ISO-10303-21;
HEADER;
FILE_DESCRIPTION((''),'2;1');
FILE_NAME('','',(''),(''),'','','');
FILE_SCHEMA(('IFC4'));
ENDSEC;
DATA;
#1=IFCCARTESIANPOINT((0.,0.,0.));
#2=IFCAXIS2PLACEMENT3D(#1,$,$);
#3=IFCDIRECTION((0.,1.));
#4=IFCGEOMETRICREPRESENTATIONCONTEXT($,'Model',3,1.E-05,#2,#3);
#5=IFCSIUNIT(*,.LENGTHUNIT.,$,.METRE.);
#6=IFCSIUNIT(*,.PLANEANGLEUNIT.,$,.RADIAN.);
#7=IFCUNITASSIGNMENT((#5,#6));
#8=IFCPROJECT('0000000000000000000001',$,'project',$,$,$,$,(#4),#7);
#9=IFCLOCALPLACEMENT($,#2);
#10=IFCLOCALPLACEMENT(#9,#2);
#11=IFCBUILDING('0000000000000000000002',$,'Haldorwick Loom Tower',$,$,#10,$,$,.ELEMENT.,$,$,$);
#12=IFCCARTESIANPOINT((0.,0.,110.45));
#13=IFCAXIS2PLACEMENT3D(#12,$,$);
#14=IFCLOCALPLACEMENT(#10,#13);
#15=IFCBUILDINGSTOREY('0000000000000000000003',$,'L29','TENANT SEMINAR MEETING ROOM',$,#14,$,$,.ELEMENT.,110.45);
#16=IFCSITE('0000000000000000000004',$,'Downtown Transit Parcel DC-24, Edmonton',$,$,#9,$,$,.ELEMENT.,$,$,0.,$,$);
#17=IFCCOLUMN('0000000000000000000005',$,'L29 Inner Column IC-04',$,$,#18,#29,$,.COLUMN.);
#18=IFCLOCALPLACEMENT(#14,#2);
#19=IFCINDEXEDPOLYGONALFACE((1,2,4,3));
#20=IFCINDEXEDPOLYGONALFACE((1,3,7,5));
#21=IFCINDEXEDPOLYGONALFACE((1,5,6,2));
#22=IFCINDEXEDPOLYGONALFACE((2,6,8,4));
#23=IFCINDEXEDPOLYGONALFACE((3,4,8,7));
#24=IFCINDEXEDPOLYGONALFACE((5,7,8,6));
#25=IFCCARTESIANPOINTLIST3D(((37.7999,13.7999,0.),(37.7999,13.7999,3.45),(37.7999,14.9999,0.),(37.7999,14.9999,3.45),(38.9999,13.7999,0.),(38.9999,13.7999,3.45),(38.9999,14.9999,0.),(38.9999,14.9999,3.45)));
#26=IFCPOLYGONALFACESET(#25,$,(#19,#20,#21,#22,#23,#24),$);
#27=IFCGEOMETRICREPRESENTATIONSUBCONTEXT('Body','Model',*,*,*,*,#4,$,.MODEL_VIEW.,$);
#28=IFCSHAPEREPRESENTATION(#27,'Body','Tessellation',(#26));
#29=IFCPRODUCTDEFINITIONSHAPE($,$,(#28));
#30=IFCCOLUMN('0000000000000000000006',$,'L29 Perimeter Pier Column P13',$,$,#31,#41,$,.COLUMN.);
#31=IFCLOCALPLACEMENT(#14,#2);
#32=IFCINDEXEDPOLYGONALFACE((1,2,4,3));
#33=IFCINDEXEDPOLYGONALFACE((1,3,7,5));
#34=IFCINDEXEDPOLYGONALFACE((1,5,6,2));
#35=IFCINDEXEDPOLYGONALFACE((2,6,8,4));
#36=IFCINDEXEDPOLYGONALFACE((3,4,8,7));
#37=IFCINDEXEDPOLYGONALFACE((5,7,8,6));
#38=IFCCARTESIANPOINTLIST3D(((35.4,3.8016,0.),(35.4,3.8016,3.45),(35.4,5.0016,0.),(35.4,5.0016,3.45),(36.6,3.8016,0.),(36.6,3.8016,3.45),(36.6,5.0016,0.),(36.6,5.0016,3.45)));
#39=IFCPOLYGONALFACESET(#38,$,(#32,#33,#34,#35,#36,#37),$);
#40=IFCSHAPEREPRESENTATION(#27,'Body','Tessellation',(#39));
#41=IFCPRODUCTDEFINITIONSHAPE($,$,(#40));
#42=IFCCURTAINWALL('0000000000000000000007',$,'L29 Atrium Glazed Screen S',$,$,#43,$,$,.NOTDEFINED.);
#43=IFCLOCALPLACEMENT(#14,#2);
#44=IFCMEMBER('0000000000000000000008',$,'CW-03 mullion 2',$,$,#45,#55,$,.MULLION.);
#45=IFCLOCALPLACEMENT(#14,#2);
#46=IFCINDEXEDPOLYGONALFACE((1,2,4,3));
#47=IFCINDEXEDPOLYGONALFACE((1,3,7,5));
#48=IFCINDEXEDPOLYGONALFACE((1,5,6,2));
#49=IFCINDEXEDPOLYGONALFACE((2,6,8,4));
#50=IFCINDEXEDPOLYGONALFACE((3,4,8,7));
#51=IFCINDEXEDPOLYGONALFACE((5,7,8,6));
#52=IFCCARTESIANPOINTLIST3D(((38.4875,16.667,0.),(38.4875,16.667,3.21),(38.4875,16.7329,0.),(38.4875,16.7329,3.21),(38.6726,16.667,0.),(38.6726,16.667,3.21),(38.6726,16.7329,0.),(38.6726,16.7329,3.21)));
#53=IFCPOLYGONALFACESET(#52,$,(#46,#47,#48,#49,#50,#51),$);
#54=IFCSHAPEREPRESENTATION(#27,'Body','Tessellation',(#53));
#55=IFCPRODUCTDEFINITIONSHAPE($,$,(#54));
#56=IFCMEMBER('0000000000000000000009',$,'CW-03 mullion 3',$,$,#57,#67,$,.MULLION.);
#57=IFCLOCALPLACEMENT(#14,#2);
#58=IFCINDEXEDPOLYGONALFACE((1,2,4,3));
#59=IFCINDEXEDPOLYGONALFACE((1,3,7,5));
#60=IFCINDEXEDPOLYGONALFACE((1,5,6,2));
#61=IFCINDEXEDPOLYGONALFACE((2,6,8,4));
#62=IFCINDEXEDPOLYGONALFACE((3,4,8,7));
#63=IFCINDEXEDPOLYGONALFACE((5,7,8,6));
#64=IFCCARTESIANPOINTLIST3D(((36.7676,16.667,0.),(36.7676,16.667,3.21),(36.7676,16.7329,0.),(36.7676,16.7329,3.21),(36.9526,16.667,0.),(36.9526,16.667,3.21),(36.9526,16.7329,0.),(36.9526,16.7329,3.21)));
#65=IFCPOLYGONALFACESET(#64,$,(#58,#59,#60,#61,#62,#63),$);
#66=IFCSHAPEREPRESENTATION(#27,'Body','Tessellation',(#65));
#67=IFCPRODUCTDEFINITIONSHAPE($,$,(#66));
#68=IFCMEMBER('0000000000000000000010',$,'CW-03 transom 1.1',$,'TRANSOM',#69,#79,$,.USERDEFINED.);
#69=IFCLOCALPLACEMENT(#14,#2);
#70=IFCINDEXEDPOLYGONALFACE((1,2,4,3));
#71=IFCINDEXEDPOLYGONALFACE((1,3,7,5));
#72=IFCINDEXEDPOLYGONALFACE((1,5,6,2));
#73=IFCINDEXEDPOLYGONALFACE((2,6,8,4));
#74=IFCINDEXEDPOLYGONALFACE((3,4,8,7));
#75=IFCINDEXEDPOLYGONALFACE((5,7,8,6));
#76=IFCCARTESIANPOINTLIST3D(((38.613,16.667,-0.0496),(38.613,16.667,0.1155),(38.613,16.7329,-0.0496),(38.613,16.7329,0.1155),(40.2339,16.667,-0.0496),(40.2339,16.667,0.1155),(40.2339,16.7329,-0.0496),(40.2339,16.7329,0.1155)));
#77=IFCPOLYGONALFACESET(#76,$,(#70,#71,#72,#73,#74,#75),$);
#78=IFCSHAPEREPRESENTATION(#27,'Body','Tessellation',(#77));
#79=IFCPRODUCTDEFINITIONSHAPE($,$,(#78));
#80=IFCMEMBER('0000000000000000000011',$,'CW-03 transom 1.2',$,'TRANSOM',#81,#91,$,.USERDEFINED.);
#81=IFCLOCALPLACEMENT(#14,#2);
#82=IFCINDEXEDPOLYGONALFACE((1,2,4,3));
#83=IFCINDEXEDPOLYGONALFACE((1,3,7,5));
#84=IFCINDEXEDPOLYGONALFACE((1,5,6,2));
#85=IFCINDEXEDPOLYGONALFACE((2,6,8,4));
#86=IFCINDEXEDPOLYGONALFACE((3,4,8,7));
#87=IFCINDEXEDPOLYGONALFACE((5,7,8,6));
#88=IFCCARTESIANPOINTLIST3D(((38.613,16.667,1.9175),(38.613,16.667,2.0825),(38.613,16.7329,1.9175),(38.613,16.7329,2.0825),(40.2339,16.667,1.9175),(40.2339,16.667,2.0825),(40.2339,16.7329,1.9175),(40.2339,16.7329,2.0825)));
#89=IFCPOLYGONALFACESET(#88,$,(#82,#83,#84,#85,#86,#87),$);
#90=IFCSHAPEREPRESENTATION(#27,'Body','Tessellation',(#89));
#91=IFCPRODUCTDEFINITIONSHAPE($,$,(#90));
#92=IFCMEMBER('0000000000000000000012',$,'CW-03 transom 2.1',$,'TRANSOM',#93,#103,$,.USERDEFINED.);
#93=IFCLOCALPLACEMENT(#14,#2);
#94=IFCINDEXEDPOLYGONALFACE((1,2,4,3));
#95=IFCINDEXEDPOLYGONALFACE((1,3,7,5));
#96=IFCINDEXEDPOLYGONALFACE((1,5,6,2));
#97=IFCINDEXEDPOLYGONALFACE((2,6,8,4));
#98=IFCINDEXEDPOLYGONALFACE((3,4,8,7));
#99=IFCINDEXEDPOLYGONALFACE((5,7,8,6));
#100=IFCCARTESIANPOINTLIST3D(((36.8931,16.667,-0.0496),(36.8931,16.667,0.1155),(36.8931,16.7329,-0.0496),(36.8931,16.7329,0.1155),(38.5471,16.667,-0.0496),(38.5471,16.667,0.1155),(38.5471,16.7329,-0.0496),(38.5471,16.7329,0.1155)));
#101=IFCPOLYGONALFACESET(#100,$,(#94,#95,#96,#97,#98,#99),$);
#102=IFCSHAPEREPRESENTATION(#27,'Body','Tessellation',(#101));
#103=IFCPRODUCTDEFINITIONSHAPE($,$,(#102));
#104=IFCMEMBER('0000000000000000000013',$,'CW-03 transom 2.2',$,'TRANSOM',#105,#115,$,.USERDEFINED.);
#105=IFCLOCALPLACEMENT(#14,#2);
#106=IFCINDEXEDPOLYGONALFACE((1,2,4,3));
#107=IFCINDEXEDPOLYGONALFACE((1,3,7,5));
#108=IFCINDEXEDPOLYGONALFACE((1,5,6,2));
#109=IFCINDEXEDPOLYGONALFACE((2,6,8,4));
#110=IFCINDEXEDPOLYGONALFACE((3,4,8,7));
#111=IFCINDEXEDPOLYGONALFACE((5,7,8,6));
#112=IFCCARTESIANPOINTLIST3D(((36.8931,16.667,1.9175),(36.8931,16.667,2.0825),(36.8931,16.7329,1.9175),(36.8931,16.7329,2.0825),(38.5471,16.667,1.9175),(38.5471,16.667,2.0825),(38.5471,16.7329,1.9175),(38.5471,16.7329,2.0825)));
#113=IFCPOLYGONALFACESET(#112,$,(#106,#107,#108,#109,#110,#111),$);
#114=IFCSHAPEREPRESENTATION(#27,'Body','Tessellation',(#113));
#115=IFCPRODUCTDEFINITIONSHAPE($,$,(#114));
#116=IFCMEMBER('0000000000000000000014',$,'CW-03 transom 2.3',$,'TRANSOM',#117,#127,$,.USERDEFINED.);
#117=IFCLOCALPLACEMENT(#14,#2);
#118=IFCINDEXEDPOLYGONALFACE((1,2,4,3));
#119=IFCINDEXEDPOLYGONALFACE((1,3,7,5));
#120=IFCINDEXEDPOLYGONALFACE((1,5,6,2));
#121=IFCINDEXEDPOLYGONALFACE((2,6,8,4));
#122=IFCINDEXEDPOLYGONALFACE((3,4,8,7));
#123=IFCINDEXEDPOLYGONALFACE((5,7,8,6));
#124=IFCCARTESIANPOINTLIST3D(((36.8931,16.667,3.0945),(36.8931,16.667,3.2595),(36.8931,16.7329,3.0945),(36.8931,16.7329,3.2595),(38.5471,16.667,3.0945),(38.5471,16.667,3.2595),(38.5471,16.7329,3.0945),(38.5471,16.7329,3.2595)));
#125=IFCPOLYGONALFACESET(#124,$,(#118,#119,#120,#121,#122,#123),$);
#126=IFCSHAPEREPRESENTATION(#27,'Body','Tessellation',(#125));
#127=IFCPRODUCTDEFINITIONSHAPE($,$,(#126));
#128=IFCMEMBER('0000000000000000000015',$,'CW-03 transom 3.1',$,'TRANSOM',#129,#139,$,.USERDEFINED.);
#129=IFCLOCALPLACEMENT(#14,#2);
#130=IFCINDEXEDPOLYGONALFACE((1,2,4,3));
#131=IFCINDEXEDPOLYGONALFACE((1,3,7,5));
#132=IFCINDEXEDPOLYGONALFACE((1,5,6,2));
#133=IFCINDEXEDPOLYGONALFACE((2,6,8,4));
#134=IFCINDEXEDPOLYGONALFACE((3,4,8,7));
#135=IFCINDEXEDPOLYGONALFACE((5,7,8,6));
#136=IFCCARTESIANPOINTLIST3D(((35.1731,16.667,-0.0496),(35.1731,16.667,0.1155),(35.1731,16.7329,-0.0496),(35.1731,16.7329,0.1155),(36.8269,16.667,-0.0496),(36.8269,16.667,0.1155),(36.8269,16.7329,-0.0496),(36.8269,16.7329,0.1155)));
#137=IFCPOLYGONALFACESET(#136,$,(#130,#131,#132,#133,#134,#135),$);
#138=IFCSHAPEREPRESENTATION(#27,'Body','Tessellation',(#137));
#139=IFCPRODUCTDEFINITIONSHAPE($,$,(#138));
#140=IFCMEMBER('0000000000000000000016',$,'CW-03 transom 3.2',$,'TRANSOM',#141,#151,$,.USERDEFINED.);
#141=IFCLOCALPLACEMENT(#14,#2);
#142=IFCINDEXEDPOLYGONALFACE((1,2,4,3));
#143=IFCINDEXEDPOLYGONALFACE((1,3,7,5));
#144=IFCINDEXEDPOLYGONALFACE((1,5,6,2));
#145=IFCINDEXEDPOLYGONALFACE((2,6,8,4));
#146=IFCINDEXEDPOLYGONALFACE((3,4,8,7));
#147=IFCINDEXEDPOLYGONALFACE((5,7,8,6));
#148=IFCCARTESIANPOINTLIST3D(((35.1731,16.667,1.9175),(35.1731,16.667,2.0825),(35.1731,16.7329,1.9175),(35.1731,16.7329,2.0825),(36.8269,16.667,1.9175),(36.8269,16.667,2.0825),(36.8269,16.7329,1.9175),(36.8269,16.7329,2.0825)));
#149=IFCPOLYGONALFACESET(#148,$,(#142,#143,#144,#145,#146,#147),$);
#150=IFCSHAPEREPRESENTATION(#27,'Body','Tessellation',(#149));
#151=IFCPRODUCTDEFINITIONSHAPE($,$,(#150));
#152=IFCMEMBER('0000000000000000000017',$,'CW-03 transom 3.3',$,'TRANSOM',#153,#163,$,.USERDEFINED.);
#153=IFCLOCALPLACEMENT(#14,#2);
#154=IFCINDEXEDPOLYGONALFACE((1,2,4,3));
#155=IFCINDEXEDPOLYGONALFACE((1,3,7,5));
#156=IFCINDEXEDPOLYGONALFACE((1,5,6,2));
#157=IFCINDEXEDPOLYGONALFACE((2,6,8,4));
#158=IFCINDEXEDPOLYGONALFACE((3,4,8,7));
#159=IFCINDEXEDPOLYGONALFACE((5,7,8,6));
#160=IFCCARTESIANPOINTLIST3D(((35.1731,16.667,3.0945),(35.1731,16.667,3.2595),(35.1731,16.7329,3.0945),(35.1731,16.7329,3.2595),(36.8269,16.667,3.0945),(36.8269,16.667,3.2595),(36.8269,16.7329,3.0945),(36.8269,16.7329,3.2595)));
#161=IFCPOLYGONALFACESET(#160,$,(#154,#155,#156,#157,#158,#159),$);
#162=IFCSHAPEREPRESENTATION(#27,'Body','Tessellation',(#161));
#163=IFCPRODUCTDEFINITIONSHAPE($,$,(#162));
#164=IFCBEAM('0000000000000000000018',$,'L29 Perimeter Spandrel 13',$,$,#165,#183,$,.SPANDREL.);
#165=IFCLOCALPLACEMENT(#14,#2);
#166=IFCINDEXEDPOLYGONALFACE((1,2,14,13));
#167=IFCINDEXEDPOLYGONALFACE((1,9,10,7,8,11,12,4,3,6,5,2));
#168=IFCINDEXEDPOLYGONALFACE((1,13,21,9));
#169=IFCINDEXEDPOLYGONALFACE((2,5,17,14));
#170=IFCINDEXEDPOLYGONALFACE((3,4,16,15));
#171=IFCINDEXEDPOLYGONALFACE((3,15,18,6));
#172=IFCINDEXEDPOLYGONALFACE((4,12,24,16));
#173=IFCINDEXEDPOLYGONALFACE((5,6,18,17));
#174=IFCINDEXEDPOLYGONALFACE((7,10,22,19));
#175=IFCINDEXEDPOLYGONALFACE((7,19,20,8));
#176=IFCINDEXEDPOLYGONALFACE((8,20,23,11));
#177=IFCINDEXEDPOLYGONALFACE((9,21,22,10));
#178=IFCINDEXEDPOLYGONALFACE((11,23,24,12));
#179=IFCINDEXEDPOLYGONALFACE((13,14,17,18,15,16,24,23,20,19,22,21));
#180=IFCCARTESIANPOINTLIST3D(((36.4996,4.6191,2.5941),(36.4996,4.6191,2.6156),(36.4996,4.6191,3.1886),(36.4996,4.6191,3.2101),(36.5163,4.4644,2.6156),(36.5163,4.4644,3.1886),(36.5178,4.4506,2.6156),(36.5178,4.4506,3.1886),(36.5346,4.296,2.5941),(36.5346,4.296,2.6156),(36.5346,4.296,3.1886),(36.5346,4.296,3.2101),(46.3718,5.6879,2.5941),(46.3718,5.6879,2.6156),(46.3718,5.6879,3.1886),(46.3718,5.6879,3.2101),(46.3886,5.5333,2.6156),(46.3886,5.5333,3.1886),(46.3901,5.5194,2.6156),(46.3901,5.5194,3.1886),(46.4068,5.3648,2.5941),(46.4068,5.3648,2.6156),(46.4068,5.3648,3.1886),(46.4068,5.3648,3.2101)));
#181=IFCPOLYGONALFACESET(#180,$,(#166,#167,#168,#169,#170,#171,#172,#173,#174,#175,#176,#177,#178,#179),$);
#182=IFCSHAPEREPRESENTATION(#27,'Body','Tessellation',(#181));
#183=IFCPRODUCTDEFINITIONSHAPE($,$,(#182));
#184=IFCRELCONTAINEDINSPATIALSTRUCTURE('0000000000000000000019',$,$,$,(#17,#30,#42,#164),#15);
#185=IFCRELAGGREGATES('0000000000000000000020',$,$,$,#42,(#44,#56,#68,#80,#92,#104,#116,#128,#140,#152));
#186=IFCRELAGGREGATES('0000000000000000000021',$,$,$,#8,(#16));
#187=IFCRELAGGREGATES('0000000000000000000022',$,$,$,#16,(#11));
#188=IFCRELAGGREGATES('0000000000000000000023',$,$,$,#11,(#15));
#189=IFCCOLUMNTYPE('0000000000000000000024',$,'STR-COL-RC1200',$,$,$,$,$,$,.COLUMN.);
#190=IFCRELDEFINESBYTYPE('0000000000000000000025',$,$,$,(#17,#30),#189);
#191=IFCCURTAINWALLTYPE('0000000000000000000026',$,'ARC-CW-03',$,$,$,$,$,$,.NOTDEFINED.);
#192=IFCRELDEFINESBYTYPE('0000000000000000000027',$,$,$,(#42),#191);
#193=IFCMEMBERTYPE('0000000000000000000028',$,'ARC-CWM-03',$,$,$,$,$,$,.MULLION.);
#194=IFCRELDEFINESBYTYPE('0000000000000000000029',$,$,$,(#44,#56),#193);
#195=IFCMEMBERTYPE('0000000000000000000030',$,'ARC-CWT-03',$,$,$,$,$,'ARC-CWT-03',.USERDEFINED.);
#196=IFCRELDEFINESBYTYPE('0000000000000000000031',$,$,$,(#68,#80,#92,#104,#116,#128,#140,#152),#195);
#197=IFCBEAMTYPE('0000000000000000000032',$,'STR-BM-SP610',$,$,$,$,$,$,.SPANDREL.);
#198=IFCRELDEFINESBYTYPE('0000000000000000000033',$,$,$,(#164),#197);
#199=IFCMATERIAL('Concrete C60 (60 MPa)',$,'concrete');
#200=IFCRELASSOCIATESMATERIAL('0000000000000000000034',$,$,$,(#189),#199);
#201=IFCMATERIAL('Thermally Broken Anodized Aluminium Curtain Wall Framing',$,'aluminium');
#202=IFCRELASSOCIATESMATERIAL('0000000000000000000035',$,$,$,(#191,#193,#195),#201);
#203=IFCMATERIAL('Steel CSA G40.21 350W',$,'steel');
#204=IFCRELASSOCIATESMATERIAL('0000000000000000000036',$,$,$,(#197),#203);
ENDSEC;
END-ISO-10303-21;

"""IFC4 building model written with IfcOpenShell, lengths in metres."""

from ifc_helpers import new_model, si_unit, direction, frame, origin, origin_2d, place, context, subcontext, project, spatial, rectangle, i_section, extrude, material, material_profile, profile_set, type_object, element, aggregate, save


model = new_model("IFC4")

# Units and contexts
model_context = context("Model", 3, precision=1e-05, world=origin(), true_north=direction((0.0, 1.0)))
body_context = subcontext(model_context, "Body", "Model", "MODEL_VIEW")
ifc_project = project(units=[si_unit("LENGTHUNIT", "METRE"), si_unit("PLANEANGLEUNIT", "RADIAN")], contexts=[model_context])

# Site, building, storey
site_placement = place(None, origin())
site = spatial("IfcSite", under=ifc_project, at=site_placement, Name="Downtown Transit Parcel DC-24, Edmonton", CompositionType="ELEMENT", RefElevation=0.0)
building_placement = place(site_placement, origin())
building = spatial("IfcBuilding", under=site, at=building_placement, Name="Haldorwick Loom Tower", CompositionType="ELEMENT")
storey_placement = place(building_placement, frame((0.0, 0.0, 110.45)))
storey = spatial("IfcBuildingStorey", under=building, at=storey_placement, Name="L29", Description="TENANT SEMINAR MEETING ROOM", CompositionType="ELEMENT", Elevation=110.45)

# Columns
ifc_material_1 = material(Name="Concrete C60 (60 MPa)", Category="concrete")
ifc_material_profile_1 = material_profile(ifc_material_1, rectangle(XDim=1.2, YDim=1.2, at=origin_2d()), Name="RC1200X1200", Category="concrete")
ifc_profile_set_1 = profile_set([ifc_material_profile_1], Name="Concrete C60 (60 MPa)")
column_type = type_object("IfcColumnType", Name="STR-COL-RC1200", PredefinedType="COLUMN", material=ifc_profile_set_1)
for number, where, z_axis, x_axis, name in (
    (1, (38.3999, 14.3999, 0.0), (0.0, 0.0, 1.0), (1.0, 0.0, 0.0), "L29 Inner Column IC-04"),
    (2, (36.0, 4.4016, 0.0), (0.0, 0.0, 1.0), (0.0, -1.0, 0.0), "L29 Perimeter Pier Column P13"),
):
    element("IfcColumn", number, at=place(storey_placement, frame(where, z_axis=z_axis, x_axis=x_axis)), inside=storey, type_object=column_type, Name=name, PredefinedType="COLUMN", context=body_context, shape_type="SweptSolid", body=[
        extrude(rectangle(XDim=1.2, YDim=1.2, at=origin_2d()), origin(), (0.0, 0.0, 1.0), 3.45),
    ])

# Curtain wall, members
ifc_material_2 = material(Name="Thermally Broken Anodized Aluminium Curtain Wall Framing", Category="aluminium")
curtain_wall_type = type_object("IfcCurtainWallType", Name="ARC-CW-03", PredefinedType="NOTDEFINED", material=ifc_material_2)
curtain_wall_placement = place(storey_placement, origin())
curtain_wall = element("IfcCurtainWall", 3, at=curtain_wall_placement, inside=storey, type_object=curtain_wall_type, Name="L29 Atrium Glazed Screen S", PredefinedType="NOTDEFINED")
ifc_material_profile_2 = material_profile(ifc_material_2, rectangle(XDim=0.0659, YDim=0.1851, at=origin_2d()), Name="ALU_MUL_66X185", Category="aluminium")
ifc_profile_set_2 = profile_set([ifc_material_profile_2], Name="Thermally Broken Anodized Aluminium Curtain Wall Framing")
member_type_1 = type_object("IfcMemberType", Name="ARC-CWM-03", PredefinedType="MULLION", material=ifc_profile_set_2)
member_1_placement = place(storey_placement, frame((38.5801, 16.7, 0.0), z_axis=(0.0, 0.0, 1.0), x_axis=(0.0, -1.0, 0.0)))
member_1 = element("IfcMember", 4, at=member_1_placement, type_object=member_type_1, Name="CW-03 mullion 2", PredefinedType="MULLION", context=body_context, shape_type="SweptSolid", body=[
    extrude(rectangle(XDim=0.0659, YDim=0.1851, at=origin_2d()), origin(), (0.0, 0.0, 1.0), 3.21),
])
member_2_placement = place(storey_placement, frame((36.8601, 16.7, 0.0), z_axis=(0.0, 0.0, 1.0), x_axis=(0.0, -1.0, 0.0)))
member_2 = element("IfcMember", 5, at=member_2_placement, type_object=member_type_1, Name="CW-03 mullion 3", PredefinedType="MULLION", context=body_context, shape_type="SweptSolid", body=[
    extrude(rectangle(XDim=0.0659, YDim=0.1851, at=origin_2d()), origin(), (0.0, 0.0, 1.0), 3.21),
])
ifc_material_profile_3 = material_profile(ifc_material_2, rectangle(XDim=0.0659, YDim=0.165, at=origin_2d()), Name="ALU_TRN_66X165", Category="aluminium")
ifc_profile_set_3 = profile_set([ifc_material_profile_3], Name="Thermally Broken Anodized Aluminium Curtain Wall Framing")
member_type_2 = type_object("IfcMemberType", Name="ARC-CWT-03", ElementType="ARC-CWT-03", PredefinedType="USERDEFINED", material=ifc_profile_set_3)
member_3_placement = place(storey_placement, frame((40.2339, 16.7, 0.033), z_axis=(-1.0, 0.0, 0.0), x_axis=(0.0, -1.0, 0.0)))
member_3 = element("IfcMember", 6, at=member_3_placement, type_object=member_type_2, Name="CW-03 transom 1.1", ObjectType="TRANSOM", PredefinedType="USERDEFINED", context=body_context, shape_type="SweptSolid", body=[
    extrude(rectangle(XDim=0.0659, YDim=0.165, at=origin_2d()), origin(), (0.0, 0.0, 1.0), 1.6208),
])
member_4_placement = place(storey_placement, frame((40.2339, 16.7, 2.0), z_axis=(-1.0, 0.0, 0.0), x_axis=(0.0, -1.0, 0.0)))
member_4 = element("IfcMember", 7, at=member_4_placement, type_object=member_type_2, Name="CW-03 transom 1.2", ObjectType="TRANSOM", PredefinedType="USERDEFINED", context=body_context, shape_type="SweptSolid", body=[
    extrude(rectangle(XDim=0.0659, YDim=0.165, at=origin_2d()), origin(), (0.0, 0.0, 1.0), 1.6208),
])
member_5_placement = place(storey_placement, frame((38.5471, 16.7, 0.033), z_axis=(-1.0, 0.0, 0.0), x_axis=(0.0, -1.0, 0.0)))
member_5 = element("IfcMember", 8, at=member_5_placement, type_object=member_type_2, Name="CW-03 transom 2.1", ObjectType="TRANSOM", PredefinedType="USERDEFINED", context=body_context, shape_type="SweptSolid", body=[
    extrude(rectangle(XDim=0.0659, YDim=0.165, at=origin_2d()), origin(), (0.0, 0.0, 1.0), 1.6541),
])
member_6_placement = place(storey_placement, frame((38.5471, 16.7, 2.0), z_axis=(-1.0, 0.0, 0.0), x_axis=(0.0, -1.0, 0.0)))
member_6 = element("IfcMember", 9, at=member_6_placement, type_object=member_type_2, Name="CW-03 transom 2.2", ObjectType="TRANSOM", PredefinedType="USERDEFINED", context=body_context, shape_type="SweptSolid", body=[
    extrude(rectangle(XDim=0.0659, YDim=0.165, at=origin_2d()), origin(), (0.0, 0.0, 1.0), 1.6541),
])
member_7_placement = place(storey_placement, frame((38.5471, 16.7, 3.177), z_axis=(-1.0, 0.0, 0.0), x_axis=(0.0, -1.0, 0.0)))
member_7 = element("IfcMember", 10, at=member_7_placement, type_object=member_type_2, Name="CW-03 transom 2.3", ObjectType="TRANSOM", PredefinedType="USERDEFINED", context=body_context, shape_type="SweptSolid", body=[
    extrude(rectangle(XDim=0.0659, YDim=0.165, at=origin_2d()), origin(), (0.0, 0.0, 1.0), 1.6541),
])
member_8_placement = place(storey_placement, frame((36.8269, 16.7, 0.033), z_axis=(-1.0, 0.0, 0.0), x_axis=(0.0, -1.0, 0.0)))
member_8 = element("IfcMember", 11, at=member_8_placement, type_object=member_type_2, Name="CW-03 transom 3.1", ObjectType="TRANSOM", PredefinedType="USERDEFINED", context=body_context, shape_type="SweptSolid", body=[
    extrude(rectangle(XDim=0.0659, YDim=0.165, at=origin_2d()), origin(), (0.0, 0.0, 1.0), 1.6538),
])
member_9_placement = place(storey_placement, frame((36.8269, 16.7, 2.0), z_axis=(-1.0, 0.0, 0.0), x_axis=(0.0, -1.0, 0.0)))
member_9 = element("IfcMember", 12, at=member_9_placement, type_object=member_type_2, Name="CW-03 transom 3.2", ObjectType="TRANSOM", PredefinedType="USERDEFINED", context=body_context, shape_type="SweptSolid", body=[
    extrude(rectangle(XDim=0.0659, YDim=0.165, at=origin_2d()), origin(), (0.0, 0.0, 1.0), 1.6538),
])
member_10_placement = place(storey_placement, frame((36.8269, 16.7, 3.177), z_axis=(-1.0, 0.0, 0.0), x_axis=(0.0, -1.0, 0.0)))
member_10 = element("IfcMember", 13, at=member_10_placement, type_object=member_type_2, Name="CW-03 transom 3.3", ObjectType="TRANSOM", PredefinedType="USERDEFINED", context=body_context, shape_type="SweptSolid", body=[
    extrude(rectangle(XDim=0.0659, YDim=0.165, at=origin_2d()), origin(), (0.0, 0.0, 1.0), 1.6538),
])

# Beam
ifc_material_3 = material(Name="Steel CSA G40.21 350W", Category="steel")
ifc_material_profile_4 = material_profile(ifc_material_3, i_section(OverallWidth=0.325, OverallDepth=0.616, WebThickness=0.0139, FlangeThickness=0.0215, at=origin_2d()), Name="W610X174", Category="steel")
ifc_profile_set_4 = profile_set([ifc_material_profile_4], Name="Steel CSA G40.21 350W")
beam_type_1 = type_object("IfcBeamType", Name="STR-BM-SP610", PredefinedType="SPANDREL", material=ifc_profile_set_4)
beam_1_placement = place(storey_placement, frame((36.5171, 4.4575, 2.9021), z_axis=(0.99419, 0.107638, 0.0), x_axis=(-0.107638, 0.99419, 0.0)))
element("IfcBeam", 14, at=beam_1_placement, inside=storey, type_object=beam_type_1, Name="L29 Perimeter Spandrel 13", PredefinedType="SPANDREL", context=body_context, shape_type="SweptSolid", body=[
    extrude(i_section(OverallWidth=0.325, OverallDepth=0.616, WebThickness=0.0139, FlangeThickness=0.0215, at=origin_2d()), origin(), (0.0, 0.0, 1.0), 9.9299),
])

aggregate(curtain_wall, [member_1, member_2, member_3, member_4, member_5, member_6, member_7, member_8, member_9, member_10])

save(model, "model.ifc")
